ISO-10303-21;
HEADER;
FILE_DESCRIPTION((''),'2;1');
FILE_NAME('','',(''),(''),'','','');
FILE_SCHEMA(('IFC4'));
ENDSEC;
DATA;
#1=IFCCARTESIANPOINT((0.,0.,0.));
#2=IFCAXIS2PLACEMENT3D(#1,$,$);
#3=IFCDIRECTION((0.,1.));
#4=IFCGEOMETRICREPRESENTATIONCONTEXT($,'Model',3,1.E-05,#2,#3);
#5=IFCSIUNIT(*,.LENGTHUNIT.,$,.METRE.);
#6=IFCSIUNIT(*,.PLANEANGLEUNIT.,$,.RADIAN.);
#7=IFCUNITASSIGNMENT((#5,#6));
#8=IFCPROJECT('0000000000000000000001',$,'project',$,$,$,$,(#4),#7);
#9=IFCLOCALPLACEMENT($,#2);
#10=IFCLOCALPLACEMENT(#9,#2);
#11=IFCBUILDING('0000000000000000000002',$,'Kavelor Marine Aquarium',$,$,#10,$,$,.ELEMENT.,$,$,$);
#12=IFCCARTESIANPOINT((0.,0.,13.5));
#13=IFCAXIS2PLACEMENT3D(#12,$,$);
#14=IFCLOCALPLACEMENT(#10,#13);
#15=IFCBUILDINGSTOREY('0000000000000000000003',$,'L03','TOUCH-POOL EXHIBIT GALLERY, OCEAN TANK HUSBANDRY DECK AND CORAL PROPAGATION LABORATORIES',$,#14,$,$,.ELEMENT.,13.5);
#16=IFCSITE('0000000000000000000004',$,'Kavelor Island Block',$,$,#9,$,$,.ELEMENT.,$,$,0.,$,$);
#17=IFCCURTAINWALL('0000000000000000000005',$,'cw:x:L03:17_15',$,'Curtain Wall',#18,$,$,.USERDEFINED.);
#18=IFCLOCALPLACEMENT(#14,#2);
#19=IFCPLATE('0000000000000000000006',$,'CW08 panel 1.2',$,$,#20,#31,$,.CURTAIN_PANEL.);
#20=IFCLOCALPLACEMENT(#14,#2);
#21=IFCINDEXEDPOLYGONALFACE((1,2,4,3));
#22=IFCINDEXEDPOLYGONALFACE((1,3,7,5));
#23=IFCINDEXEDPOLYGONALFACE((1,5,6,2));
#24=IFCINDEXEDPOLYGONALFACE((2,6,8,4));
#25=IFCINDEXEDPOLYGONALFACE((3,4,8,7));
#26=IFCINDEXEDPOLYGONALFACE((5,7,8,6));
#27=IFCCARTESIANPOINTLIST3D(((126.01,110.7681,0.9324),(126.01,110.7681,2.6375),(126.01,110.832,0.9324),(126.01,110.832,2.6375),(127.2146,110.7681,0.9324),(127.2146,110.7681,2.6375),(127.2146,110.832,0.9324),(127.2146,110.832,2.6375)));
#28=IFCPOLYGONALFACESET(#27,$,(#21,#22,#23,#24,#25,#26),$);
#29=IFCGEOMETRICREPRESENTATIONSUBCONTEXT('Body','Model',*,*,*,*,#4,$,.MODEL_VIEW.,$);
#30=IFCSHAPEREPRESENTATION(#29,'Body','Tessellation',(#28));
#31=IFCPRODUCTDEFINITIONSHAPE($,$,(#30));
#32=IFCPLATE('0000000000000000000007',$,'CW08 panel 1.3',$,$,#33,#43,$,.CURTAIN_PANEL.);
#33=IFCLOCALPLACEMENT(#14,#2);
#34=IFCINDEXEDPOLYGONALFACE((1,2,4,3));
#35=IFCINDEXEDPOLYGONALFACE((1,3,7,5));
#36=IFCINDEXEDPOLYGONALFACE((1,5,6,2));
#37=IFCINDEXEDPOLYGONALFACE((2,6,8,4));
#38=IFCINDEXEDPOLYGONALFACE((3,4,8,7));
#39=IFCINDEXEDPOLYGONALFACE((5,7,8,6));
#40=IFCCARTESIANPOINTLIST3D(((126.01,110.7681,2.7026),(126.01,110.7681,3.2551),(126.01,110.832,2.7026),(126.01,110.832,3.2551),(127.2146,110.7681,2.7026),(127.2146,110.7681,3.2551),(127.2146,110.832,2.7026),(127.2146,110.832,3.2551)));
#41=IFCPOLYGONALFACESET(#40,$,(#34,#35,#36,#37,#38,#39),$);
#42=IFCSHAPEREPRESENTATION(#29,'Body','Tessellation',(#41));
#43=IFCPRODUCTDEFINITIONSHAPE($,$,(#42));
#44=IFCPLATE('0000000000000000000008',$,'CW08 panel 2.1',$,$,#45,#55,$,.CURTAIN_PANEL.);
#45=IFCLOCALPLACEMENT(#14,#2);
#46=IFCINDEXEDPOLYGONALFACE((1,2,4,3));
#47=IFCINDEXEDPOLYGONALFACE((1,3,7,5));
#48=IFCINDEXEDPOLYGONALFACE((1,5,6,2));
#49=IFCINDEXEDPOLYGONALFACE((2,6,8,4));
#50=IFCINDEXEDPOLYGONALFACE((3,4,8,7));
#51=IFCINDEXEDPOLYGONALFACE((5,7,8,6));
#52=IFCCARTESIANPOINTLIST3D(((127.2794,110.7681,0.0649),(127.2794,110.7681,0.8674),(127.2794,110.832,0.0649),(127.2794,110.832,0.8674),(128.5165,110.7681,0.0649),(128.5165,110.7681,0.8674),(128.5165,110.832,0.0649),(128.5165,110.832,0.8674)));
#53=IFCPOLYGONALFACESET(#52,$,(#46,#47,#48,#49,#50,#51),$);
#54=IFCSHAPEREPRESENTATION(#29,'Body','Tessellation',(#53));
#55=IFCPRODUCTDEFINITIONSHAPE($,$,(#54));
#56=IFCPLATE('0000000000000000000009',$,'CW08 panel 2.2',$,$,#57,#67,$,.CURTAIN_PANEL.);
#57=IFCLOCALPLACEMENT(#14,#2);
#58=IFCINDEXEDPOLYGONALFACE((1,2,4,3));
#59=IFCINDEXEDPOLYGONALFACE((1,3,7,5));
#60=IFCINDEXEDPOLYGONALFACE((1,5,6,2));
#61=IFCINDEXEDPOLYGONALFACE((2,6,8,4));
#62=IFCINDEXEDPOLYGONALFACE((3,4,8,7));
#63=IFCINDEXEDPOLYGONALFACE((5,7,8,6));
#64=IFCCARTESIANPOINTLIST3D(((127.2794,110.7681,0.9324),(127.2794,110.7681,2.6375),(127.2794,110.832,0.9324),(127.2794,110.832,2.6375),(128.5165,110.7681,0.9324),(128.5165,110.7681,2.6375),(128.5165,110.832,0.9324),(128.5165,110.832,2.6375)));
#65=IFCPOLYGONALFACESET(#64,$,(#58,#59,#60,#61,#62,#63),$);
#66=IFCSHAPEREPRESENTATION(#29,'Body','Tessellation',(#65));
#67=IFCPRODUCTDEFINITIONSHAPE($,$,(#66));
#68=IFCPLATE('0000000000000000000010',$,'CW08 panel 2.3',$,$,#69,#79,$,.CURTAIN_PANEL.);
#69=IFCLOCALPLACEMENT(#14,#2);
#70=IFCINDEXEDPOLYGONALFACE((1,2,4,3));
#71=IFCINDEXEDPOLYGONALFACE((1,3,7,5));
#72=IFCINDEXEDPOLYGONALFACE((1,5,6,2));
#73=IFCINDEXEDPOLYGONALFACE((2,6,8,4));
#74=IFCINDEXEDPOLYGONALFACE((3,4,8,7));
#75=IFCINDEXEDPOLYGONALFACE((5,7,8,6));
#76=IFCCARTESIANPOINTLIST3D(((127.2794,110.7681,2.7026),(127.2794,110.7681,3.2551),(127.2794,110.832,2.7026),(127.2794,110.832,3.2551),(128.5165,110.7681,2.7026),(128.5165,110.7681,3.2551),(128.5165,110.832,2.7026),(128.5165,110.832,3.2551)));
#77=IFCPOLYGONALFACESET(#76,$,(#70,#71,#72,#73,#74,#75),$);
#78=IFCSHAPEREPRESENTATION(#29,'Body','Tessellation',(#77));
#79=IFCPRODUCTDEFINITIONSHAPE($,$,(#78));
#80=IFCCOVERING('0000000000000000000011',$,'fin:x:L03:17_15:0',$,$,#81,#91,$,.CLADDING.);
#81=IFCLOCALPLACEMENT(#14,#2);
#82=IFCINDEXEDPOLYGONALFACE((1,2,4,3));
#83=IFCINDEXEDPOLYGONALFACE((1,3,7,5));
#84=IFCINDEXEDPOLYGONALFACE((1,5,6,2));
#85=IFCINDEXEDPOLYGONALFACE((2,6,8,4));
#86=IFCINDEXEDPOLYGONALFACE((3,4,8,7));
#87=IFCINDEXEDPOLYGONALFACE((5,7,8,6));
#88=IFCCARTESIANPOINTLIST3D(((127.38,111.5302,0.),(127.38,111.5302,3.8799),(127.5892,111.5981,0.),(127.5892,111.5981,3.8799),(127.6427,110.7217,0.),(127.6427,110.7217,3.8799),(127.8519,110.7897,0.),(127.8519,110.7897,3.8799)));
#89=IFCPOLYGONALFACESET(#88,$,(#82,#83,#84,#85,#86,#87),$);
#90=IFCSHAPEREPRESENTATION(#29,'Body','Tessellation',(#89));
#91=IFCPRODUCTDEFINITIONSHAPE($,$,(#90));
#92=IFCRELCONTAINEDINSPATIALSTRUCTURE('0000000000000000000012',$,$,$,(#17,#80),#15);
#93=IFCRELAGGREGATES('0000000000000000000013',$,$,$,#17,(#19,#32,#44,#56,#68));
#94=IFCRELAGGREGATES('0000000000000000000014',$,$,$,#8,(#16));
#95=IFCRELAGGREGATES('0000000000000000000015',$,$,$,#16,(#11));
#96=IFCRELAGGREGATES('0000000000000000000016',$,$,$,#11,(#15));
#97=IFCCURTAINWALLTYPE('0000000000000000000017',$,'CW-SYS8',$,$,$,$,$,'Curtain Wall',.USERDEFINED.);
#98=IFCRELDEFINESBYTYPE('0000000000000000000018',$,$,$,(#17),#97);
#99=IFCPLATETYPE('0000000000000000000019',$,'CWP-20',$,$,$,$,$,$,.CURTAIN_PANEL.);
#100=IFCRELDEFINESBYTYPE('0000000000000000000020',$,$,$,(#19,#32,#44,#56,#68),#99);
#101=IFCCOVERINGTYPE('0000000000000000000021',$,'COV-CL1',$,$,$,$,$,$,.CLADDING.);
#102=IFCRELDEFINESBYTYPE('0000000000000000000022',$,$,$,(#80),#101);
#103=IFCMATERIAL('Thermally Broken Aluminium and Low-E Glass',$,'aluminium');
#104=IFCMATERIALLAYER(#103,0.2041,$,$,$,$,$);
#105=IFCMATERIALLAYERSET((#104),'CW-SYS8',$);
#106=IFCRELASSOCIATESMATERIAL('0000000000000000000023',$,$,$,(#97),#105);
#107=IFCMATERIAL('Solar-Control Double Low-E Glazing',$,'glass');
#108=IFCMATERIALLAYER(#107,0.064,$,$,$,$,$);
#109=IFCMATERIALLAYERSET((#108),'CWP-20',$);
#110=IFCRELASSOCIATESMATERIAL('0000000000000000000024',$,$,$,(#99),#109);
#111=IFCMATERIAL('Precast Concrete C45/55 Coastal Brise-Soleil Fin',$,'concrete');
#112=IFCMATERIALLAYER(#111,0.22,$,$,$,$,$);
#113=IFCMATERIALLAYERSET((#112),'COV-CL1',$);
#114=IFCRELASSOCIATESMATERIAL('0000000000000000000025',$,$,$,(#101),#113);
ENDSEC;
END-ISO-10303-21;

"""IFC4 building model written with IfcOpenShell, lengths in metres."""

from ifc_helpers import new_model, si_unit, direction, frame, origin, origin_2d, place, context, subcontext, project, spatial, rectangle, extrude, material, layer, layer_set, type_object, element, aggregate, save


model = new_model("IFC4")

# Units and contexts
model_context = context("Model", 3, precision=1e-05, world=origin(), true_north=direction((0.0, 1.0)))
body_context = subcontext(model_context, "Body", "Model", "MODEL_VIEW")
ifc_project = project(units=[si_unit("LENGTHUNIT", "METRE"), si_unit("PLANEANGLEUNIT", "RADIAN")], contexts=[model_context])

# Site, building, storey
site_placement = place(None, origin())
site = spatial("IfcSite", under=ifc_project, at=site_placement, Name="Kavelor Island Block", CompositionType="ELEMENT", RefElevation=0.0)
building_placement = place(site_placement, origin())
building = spatial("IfcBuilding", under=site, at=building_placement, Name="Kavelor Marine Aquarium", CompositionType="ELEMENT")
storey_placement = place(building_placement, frame((0.0, 0.0, 13.5)))
storey = spatial("IfcBuildingStorey", under=building, at=storey_placement, Name="L03", Description="TOUCH-POOL EXHIBIT GALLERY, OCEAN TANK HUSBANDRY DECK AND CORAL PROPAGATION LABORATORIES", CompositionType="ELEMENT", Elevation=13.5)

# Curtain wall, plates
ifc_material_1 = material(Name="Thermally Broken Aluminium and Low-E Glass", Category="aluminium")
ifc_layer_1 = layer(ifc_material_1, 0.2041)
ifc_layer_set_1 = layer_set([ifc_layer_1], Name="CW-SYS8")
curtain_wall_type = type_object("IfcCurtainWallType", Name="CW-SYS8", ElementType="Curtain Wall", PredefinedType="USERDEFINED", material=ifc_layer_set_1)
curtain_wall_placement = place(storey_placement, origin())
curtain_wall = element("IfcCurtainWall", 1, at=curtain_wall_placement, inside=storey, type_object=curtain_wall_type, Name="cw:x:L03:17_15", ObjectType="Curtain Wall", PredefinedType="USERDEFINED")
ifc_material_2 = material(Name="Solar-Control Double Low-E Glazing", Category="glass")
ifc_layer_2 = layer(ifc_material_2, 0.064)
ifc_layer_set_2 = layer_set([ifc_layer_2], Name="CWP-20")
plate_type = type_object("IfcPlateType", Name="CWP-20", PredefinedType="CURTAIN_PANEL", material=ifc_layer_set_2)
plate_1_placement = place(storey_placement, frame((126.6123, 110.8, 0.9324), z_axis=(0.0, 0.0, 1.0), x_axis=(1.0, 0.0, 0.0)))
plate_1 = element("IfcPlate", 2, at=plate_1_placement, type_object=plate_type, Name="CW08 panel 1.2", PredefinedType="CURTAIN_PANEL", context=body_context, shape_type="SweptSolid", body=[
    extrude(rectangle(XDim=1.2046, YDim=0.064, at=origin_2d()), origin(), (0.0, 0.0, 1.0), 1.7051),
])
plate_2_placement = place(storey_placement, frame((126.6123, 110.8, 2.7026), z_axis=(0.0, 0.0, 1.0), x_axis=(1.0, 0.0, 0.0)))
plate_2 = element("IfcPlate", 3, at=plate_2_placement, type_object=plate_type, Name="CW08 panel 1.3", PredefinedType="CURTAIN_PANEL", context=body_context, shape_type="SweptSolid", body=[
    extrude(rectangle(XDim=1.2046, YDim=0.064, at=origin_2d()), origin(), (0.0, 0.0, 1.0), 0.5525),
])
plate_3_placement = place(storey_placement, frame((127.8979, 110.8, 0.0649), z_axis=(0.0, 0.0, 1.0), x_axis=(1.0, 0.0, 0.0)))
plate_3 = element("IfcPlate", 4, at=plate_3_placement, type_object=plate_type, Name="CW08 panel 2.1", PredefinedType="CURTAIN_PANEL", context=body_context, shape_type="SweptSolid", body=[
    extrude(rectangle(XDim=1.2371, YDim=0.064, at=origin_2d()), origin(), (0.0, 0.0, 1.0), 0.8025),
])
plate_4_placement = place(storey_placement, frame((127.8979, 110.8, 0.9324), z_axis=(0.0, 0.0, 1.0), x_axis=(1.0, 0.0, 0.0)))
plate_4 = element("IfcPlate", 5, at=plate_4_placement, type_object=plate_type, Name="CW08 panel 2.2", PredefinedType="CURTAIN_PANEL", context=body_context, shape_type="SweptSolid", body=[
    extrude(rectangle(XDim=1.2371, YDim=0.064, at=origin_2d()), origin(), (0.0, 0.0, 1.0), 1.7051),
])
plate_5_placement = place(storey_placement, frame((127.8979, 110.8, 2.7026), z_axis=(0.0, 0.0, 1.0), x_axis=(1.0, 0.0, 0.0)))
plate_5 = element("IfcPlate", 6, at=plate_5_placement, type_object=plate_type, Name="CW08 panel 2.3", PredefinedType="CURTAIN_PANEL", context=body_context, shape_type="SweptSolid", body=[
    extrude(rectangle(XDim=1.2371, YDim=0.064, at=origin_2d()), origin(), (0.0, 0.0, 1.0), 0.5525),
])
aggregate(curtain_wall, [plate_1, plate_2, plate_3, plate_4, plate_5])

# Covering
ifc_material_3 = material(Name="Precast Concrete C45/55 Coastal Brise-Soleil Fin", Category="concrete")
ifc_layer_3 = layer(ifc_material_3, 0.22)
ifc_layer_set_3 = layer_set([ifc_layer_3], Name="COV-CL1")
covering_type = type_object("IfcCoveringType", Name="COV-CL1", PredefinedType="CLADDING", material=ifc_layer_set_3)
covering_placement = place(storey_placement, frame((127.616, 111.1599, 0.0), z_axis=(0.0, 0.0, 1.0), x_axis=(0.951057, 0.309017, 0.0)))
element("IfcCovering", 7, at=covering_placement, inside=storey, type_object=covering_type, Name="fin:x:L03:17_15:0", PredefinedType="CLADDING", context=body_context, shape_type="SweptSolid", body=[
    extrude(rectangle(XDim=0.22, YDim=0.8501, at=origin_2d()), origin(), (0.0, 0.0, 1.0), 3.8799),
])

save(model, "model.ifc")
